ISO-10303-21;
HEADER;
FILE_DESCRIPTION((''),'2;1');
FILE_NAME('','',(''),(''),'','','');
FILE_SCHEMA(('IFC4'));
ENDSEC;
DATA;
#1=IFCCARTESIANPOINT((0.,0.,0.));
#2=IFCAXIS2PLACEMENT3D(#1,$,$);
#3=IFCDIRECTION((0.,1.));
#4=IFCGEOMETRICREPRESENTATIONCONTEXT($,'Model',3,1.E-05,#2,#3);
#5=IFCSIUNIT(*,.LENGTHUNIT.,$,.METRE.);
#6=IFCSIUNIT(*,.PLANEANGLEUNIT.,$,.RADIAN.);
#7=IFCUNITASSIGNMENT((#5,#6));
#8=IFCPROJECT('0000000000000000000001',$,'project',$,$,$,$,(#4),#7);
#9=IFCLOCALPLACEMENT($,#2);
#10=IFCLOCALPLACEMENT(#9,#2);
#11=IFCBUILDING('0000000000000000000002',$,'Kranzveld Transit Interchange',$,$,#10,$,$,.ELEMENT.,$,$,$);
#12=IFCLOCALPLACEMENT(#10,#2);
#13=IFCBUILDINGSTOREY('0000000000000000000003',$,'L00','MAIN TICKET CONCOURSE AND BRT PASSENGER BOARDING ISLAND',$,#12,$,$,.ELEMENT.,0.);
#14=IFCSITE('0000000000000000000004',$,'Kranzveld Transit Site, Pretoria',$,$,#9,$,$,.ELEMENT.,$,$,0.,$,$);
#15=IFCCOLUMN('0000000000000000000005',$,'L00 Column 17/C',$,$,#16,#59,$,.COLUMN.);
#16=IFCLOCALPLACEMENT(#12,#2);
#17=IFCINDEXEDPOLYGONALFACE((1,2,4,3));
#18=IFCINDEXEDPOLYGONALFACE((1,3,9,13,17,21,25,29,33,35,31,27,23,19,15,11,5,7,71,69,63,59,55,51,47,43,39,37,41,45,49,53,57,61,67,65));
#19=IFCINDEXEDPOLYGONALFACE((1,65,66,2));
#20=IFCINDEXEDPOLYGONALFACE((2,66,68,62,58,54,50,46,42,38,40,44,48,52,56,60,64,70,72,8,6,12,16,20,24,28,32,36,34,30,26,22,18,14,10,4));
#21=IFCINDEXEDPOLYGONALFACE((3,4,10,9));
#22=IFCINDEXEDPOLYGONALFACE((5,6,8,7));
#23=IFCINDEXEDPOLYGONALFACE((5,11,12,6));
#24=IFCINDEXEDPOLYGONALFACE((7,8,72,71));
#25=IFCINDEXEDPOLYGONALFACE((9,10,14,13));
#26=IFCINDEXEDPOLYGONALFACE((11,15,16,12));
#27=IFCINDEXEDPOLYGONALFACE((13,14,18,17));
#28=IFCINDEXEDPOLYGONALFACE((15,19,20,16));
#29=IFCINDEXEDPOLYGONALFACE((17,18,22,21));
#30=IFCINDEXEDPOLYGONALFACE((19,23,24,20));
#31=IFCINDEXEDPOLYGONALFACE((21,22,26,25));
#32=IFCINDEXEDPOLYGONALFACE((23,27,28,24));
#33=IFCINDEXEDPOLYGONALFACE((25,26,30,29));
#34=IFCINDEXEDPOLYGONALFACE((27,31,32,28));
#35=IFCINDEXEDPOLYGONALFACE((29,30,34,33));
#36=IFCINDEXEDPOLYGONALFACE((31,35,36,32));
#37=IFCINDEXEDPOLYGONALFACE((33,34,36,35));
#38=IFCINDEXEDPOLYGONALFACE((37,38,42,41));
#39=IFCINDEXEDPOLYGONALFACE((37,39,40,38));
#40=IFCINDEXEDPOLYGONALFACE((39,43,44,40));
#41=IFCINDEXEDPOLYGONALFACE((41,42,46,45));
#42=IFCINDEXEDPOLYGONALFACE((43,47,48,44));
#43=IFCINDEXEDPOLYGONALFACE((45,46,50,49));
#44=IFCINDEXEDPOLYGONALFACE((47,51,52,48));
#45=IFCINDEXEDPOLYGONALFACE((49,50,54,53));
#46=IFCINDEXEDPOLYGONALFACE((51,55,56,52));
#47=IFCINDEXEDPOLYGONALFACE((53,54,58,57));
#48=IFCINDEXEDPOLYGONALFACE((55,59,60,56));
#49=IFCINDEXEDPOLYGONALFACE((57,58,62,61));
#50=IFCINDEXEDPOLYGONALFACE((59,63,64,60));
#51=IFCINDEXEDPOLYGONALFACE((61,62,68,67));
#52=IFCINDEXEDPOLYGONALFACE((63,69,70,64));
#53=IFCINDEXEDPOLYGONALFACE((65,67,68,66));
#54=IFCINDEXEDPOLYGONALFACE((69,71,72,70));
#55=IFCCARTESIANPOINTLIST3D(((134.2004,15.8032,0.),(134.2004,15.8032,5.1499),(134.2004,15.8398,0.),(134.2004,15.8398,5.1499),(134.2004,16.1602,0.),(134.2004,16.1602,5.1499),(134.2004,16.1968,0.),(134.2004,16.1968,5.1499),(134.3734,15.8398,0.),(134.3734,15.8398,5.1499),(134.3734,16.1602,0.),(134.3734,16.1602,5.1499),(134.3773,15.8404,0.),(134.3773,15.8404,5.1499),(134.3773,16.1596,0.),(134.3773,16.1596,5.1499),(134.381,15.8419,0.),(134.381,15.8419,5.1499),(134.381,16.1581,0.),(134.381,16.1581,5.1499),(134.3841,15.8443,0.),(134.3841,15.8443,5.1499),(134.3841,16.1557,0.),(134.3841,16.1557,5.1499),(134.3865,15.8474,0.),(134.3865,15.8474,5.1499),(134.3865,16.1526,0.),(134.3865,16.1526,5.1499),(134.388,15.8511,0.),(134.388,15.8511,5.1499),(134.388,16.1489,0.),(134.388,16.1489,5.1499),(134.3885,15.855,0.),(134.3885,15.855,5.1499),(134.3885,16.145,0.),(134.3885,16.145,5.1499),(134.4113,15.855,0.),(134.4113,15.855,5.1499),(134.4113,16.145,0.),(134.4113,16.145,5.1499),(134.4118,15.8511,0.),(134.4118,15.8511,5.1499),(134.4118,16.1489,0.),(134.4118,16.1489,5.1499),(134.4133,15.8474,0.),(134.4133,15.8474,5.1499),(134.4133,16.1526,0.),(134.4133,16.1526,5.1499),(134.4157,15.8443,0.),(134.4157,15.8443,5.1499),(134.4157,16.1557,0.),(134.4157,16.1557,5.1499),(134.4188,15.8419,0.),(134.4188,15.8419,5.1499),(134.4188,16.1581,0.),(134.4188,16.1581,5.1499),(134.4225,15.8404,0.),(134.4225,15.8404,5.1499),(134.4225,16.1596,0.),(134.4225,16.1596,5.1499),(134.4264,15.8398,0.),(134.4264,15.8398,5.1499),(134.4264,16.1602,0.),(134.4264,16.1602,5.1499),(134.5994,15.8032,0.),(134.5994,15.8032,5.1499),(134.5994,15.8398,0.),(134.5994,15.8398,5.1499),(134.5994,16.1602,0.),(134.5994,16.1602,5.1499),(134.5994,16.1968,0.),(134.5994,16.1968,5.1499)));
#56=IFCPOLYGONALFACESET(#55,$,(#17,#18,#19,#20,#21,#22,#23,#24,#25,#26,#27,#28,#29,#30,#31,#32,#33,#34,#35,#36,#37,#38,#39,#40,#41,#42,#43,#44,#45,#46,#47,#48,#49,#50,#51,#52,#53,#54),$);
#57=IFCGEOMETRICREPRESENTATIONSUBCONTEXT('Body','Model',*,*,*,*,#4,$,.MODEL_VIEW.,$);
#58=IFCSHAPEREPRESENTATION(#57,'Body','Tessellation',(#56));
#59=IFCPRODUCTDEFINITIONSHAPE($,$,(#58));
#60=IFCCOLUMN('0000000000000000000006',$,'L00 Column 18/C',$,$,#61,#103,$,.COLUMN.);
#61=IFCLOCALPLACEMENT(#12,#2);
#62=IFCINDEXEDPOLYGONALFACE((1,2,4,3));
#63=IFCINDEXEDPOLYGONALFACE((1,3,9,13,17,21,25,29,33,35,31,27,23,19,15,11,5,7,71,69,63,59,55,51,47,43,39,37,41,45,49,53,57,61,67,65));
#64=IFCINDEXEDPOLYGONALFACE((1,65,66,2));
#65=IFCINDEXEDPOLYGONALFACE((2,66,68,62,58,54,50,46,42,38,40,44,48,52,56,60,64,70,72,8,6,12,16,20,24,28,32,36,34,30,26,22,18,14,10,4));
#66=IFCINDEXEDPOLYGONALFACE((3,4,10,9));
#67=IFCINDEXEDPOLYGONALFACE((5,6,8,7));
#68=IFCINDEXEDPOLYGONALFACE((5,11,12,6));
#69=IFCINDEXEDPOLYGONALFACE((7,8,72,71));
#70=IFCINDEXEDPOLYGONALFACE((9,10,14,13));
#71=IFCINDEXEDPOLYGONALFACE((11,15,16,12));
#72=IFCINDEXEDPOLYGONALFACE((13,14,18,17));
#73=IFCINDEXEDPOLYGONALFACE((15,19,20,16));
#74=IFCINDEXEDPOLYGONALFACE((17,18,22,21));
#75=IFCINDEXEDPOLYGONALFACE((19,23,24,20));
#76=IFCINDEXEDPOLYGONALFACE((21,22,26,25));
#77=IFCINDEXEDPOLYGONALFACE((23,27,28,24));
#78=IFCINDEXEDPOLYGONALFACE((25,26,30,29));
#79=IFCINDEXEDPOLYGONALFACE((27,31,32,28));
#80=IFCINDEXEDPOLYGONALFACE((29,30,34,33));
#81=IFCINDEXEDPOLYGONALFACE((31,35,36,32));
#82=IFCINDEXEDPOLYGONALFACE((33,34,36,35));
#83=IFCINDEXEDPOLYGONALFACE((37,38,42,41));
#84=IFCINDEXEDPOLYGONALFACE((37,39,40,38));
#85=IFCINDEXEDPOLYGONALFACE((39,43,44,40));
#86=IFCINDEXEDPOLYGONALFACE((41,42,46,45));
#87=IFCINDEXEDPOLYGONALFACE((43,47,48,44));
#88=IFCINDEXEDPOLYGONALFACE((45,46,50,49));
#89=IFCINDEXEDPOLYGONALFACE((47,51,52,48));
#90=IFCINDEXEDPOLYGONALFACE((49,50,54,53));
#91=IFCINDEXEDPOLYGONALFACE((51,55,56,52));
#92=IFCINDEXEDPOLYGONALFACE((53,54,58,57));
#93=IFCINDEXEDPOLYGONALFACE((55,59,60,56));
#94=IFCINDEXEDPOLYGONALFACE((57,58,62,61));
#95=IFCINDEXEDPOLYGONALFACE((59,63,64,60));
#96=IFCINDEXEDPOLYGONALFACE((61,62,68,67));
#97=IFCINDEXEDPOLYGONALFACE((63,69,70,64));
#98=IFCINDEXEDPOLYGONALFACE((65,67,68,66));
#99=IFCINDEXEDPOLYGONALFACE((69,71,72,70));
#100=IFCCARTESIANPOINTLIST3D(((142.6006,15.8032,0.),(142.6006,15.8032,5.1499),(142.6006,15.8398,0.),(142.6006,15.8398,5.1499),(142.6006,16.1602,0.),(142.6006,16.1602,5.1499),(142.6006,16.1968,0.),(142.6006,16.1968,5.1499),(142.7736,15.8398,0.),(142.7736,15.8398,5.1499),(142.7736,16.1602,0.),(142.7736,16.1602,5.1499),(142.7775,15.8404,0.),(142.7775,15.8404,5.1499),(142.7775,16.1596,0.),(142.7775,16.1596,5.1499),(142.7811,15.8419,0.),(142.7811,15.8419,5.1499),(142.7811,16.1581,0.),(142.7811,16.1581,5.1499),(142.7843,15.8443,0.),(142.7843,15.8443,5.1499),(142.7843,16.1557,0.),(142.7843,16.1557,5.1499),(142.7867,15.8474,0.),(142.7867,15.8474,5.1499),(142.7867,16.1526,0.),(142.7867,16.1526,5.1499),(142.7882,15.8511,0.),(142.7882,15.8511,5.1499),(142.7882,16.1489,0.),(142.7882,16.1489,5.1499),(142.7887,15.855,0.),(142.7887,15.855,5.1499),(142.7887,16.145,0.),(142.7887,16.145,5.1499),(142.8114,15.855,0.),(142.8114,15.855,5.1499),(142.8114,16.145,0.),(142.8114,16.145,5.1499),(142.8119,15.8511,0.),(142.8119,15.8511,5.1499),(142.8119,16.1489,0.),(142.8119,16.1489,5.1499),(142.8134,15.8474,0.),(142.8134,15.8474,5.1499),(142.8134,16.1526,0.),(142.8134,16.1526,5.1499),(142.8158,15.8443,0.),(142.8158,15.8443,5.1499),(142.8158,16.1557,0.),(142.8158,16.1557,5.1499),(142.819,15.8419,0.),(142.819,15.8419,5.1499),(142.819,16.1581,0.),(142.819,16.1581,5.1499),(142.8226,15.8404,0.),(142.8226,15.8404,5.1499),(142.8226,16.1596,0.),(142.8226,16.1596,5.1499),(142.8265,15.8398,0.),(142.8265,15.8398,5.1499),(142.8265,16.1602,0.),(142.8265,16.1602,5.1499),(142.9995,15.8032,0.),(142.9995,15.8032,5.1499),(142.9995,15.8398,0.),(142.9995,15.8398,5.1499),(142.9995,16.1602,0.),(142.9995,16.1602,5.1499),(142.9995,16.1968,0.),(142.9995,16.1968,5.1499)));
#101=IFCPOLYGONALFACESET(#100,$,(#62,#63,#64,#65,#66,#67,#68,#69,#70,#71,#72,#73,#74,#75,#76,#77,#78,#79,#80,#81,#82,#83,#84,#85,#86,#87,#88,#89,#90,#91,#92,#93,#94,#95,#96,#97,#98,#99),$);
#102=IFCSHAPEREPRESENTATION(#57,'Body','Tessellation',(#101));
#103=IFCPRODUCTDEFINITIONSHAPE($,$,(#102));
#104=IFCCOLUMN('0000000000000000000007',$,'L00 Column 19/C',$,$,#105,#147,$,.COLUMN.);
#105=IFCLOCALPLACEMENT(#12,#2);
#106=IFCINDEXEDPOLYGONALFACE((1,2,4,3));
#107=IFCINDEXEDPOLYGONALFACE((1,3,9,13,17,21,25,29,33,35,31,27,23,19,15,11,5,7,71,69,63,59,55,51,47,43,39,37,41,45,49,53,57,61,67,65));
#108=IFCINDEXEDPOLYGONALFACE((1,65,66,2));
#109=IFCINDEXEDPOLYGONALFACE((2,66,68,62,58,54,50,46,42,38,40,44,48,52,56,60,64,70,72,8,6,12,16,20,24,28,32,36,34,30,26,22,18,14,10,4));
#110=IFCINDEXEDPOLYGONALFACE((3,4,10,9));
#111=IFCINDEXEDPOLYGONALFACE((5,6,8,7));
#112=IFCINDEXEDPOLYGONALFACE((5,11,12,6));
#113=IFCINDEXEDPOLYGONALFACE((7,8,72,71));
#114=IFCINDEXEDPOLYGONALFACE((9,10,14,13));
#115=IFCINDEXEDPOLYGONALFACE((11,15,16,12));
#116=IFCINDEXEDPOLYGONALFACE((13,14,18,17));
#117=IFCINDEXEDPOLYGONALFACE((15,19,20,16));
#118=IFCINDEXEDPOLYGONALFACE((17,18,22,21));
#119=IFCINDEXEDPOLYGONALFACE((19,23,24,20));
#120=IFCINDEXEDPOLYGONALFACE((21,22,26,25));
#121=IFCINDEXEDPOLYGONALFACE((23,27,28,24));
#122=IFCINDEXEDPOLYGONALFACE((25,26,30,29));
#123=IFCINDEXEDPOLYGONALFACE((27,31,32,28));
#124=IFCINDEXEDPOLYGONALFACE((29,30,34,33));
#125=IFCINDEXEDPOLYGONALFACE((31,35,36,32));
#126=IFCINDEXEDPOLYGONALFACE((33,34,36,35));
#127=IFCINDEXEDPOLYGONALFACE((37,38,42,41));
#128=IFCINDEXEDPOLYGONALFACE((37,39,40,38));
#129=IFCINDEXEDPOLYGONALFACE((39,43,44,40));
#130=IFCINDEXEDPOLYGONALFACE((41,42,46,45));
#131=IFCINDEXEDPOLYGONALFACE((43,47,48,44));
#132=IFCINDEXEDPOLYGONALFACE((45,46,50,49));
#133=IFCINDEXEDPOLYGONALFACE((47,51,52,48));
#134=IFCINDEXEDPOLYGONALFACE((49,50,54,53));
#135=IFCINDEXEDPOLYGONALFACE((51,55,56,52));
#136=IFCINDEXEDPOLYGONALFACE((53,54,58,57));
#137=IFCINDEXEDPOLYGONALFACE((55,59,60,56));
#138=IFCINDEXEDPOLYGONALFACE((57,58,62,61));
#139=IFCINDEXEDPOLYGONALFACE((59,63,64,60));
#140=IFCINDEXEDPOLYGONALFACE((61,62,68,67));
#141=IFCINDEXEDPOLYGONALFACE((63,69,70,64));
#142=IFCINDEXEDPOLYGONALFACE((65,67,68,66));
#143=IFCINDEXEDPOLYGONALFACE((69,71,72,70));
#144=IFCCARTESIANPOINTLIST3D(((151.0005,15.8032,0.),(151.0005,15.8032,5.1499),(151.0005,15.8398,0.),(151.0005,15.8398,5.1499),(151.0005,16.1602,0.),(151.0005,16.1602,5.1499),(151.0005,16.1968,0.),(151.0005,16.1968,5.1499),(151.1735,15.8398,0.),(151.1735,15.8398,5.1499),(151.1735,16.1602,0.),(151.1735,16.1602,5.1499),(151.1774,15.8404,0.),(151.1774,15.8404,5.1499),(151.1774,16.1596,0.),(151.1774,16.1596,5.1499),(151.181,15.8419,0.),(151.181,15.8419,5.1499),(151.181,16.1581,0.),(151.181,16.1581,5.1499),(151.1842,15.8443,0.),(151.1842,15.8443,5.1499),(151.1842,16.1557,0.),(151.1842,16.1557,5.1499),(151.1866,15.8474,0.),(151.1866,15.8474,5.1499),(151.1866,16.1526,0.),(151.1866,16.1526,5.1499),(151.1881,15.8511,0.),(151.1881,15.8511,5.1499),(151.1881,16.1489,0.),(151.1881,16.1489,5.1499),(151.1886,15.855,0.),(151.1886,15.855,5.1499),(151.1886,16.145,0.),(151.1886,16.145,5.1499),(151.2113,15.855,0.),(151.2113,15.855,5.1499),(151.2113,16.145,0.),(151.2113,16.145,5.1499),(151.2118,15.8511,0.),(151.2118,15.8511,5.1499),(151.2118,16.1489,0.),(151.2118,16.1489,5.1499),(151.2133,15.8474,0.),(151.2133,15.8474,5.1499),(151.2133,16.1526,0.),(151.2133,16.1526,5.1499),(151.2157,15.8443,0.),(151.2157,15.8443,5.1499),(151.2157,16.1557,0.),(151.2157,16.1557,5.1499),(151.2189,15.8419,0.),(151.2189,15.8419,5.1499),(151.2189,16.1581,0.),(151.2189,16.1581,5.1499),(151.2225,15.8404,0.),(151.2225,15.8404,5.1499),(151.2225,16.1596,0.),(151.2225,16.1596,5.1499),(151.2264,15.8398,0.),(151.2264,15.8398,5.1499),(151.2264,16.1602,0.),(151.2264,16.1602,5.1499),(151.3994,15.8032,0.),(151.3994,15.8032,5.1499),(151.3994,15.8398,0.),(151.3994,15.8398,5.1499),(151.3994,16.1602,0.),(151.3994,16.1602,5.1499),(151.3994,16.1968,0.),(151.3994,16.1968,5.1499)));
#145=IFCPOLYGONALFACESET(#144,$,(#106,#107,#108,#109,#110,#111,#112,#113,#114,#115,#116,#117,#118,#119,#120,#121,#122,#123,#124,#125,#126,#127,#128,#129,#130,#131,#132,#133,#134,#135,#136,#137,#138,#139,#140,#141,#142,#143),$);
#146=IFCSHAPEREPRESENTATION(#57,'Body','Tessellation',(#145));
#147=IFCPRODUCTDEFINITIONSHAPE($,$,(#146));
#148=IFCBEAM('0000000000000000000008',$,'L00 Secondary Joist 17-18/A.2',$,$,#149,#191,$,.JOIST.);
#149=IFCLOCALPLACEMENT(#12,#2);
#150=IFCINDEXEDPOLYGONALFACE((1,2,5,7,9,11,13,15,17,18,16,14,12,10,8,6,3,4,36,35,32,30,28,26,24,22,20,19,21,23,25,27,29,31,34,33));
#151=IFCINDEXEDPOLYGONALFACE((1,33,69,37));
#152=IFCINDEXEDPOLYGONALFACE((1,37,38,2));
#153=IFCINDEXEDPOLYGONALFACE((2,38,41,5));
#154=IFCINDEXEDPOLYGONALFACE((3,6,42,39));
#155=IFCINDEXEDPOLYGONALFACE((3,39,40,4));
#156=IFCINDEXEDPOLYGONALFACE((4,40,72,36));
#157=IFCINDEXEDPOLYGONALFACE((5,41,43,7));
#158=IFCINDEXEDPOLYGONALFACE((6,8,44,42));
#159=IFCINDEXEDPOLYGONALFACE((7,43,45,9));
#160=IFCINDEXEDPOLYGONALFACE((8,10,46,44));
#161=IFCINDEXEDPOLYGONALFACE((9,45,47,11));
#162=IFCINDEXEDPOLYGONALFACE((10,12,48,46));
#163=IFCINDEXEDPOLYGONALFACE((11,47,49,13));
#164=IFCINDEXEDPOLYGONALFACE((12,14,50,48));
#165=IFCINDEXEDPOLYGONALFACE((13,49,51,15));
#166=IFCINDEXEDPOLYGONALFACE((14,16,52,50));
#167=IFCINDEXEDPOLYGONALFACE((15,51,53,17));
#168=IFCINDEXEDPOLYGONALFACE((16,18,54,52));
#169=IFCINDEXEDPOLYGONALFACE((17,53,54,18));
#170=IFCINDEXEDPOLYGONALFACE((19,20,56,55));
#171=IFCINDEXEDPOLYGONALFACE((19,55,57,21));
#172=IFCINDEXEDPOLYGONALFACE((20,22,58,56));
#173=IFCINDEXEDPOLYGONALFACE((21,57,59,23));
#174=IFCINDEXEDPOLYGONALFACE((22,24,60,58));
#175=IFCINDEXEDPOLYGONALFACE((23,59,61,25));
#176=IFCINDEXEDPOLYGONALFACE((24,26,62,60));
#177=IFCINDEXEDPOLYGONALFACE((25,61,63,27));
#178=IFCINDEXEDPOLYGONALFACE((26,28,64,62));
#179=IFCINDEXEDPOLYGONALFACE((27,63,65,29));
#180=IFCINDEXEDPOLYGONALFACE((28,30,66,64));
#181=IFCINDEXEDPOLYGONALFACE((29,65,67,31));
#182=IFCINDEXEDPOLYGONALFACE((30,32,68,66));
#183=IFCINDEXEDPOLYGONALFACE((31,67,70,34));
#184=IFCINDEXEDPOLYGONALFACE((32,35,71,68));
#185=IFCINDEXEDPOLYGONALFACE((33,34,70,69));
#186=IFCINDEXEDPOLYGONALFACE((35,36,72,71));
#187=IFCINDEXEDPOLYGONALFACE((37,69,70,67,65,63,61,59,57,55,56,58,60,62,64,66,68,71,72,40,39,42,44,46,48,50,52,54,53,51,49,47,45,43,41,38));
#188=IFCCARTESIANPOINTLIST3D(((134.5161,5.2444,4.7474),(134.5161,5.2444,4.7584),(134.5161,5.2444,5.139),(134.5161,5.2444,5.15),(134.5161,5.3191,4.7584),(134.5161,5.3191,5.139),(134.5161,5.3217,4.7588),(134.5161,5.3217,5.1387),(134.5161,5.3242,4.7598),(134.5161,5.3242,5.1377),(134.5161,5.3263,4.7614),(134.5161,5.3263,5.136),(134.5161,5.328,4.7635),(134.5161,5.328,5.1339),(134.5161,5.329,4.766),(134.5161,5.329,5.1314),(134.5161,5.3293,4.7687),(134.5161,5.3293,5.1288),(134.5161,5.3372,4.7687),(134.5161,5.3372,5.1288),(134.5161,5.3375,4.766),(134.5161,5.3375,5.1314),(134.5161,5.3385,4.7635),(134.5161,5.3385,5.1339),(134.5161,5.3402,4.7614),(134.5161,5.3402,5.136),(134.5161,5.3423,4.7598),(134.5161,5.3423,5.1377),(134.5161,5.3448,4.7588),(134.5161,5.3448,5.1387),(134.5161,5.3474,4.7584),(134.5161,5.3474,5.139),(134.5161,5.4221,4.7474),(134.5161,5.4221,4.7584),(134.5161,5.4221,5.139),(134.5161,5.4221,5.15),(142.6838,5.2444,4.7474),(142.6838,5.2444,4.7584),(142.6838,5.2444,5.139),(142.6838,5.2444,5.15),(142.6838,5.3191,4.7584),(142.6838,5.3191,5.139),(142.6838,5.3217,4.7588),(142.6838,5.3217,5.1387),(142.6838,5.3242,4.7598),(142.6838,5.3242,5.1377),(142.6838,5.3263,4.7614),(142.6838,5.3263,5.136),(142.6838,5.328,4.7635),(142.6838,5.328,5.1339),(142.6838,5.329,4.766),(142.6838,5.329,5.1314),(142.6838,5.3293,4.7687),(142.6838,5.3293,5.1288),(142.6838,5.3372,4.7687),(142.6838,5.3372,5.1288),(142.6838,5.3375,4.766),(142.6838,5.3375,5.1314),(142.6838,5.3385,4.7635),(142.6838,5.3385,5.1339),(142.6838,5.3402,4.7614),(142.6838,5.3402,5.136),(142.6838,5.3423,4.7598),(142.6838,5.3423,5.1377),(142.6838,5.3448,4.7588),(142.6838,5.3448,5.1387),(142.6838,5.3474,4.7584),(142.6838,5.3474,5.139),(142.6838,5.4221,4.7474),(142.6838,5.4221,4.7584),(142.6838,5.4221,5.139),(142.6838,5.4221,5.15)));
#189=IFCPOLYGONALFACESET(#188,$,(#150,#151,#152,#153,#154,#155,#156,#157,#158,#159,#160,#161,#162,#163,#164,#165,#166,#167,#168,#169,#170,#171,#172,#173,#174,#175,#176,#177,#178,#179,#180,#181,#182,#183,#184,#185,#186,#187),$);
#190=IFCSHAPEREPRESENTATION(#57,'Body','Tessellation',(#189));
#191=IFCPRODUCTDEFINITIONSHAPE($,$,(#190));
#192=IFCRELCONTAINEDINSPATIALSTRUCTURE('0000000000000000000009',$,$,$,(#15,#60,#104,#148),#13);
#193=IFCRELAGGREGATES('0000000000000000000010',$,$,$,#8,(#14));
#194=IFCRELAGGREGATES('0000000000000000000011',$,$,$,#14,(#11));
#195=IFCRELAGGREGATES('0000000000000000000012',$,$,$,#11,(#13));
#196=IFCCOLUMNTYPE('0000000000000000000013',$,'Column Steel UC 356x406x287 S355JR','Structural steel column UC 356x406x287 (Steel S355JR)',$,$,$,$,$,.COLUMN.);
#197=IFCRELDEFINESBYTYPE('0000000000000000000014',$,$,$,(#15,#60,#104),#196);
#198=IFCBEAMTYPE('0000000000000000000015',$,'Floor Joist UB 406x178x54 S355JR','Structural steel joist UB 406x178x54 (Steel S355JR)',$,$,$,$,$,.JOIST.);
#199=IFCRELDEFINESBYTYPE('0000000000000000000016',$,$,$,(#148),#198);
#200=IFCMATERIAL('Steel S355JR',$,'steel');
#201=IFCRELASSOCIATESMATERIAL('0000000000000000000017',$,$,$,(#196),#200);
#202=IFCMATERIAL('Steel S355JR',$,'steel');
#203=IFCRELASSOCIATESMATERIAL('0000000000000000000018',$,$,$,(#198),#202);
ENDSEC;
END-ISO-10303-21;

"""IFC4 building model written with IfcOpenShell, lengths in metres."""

from ifc_helpers import new_model, si_unit, direction, frame, origin, origin_2d, place, context, subcontext, project, spatial, i_section, extrude, material, material_profile, profile_set, type_object, element, save


model = new_model("IFC4")

# Units and contexts
model_context = context("Model", 3, precision=1e-05, world=origin(), true_north=direction((0.0, 1.0)))
body_context = subcontext(model_context, "Body", "Model", "MODEL_VIEW")
ifc_project = project(units=[si_unit("LENGTHUNIT", "METRE"), si_unit("PLANEANGLEUNIT", "RADIAN")], contexts=[model_context])

# Site, building, storey
site_placement = place(None, origin())
site = spatial("IfcSite", under=ifc_project, at=site_placement, Name="Kranzveld Transit Site, Pretoria", CompositionType="ELEMENT", RefElevation=0.0)
building_placement = place(site_placement, origin())
building = spatial("IfcBuilding", under=site, at=building_placement, Name="Kranzveld Transit Interchange", CompositionType="ELEMENT")
storey_placement = place(building_placement, origin())
storey = spatial("IfcBuildingStorey", under=building, at=storey_placement, Name="L00", Description="MAIN TICKET CONCOURSE AND BRT PASSENGER BOARDING ISLAND", CompositionType="ELEMENT", Elevation=0.0)

# Columns
ifc_material_1 = material(Name="Steel S355JR", Category="steel")
ifc_material_profile_1 = material_profile(ifc_material_1, i_section(OverallWidth=0.3989, OverallDepth=0.3936, WebThickness=0.0227, FlangeThickness=0.0366, FilletRadius=0.0151, at=origin_2d()), Name="UC 356x406x287")
ifc_profile_set_1 = profile_set([ifc_material_profile_1], Name="Steel S355JR")
column_type_1 = type_object("IfcColumnType", Name="Column Steel UC 356x406x287 S355JR", Description="Structural steel column UC 356x406x287 (Steel S355JR)", PredefinedType="COLUMN", material=ifc_profile_set_1)
for number, where, z_axis, x_axis, name in (
    (1, (134.3999, 16.0, 0.0), (0.0, 0.0, 1.0), (1.0, 0.0, 0.0), "L00 Column 17/C"),
    (2, (142.8, 16.0, 0.0), (0.0, 0.0, 1.0), (1.0, 0.0, 0.0), "L00 Column 18/C"),
    (3, (151.2, 16.0, 0.0), (0.0, 0.0, 1.0), (1.0, 0.0, 0.0), "L00 Column 19/C"),
):
    element("IfcColumn", number, at=place(storey_placement, frame(where, z_axis=z_axis, x_axis=x_axis)), inside=storey, type_object=column_type_1, Name=name, PredefinedType="COLUMN", context=body_context, shape_type="SweptSolid", body=[
        extrude(i_section(OverallWidth=0.3989, OverallDepth=0.3936, WebThickness=0.0227, FlangeThickness=0.0366, FilletRadius=0.0151, at=origin_2d()), origin(), (0.0, 0.0, 1.0), 5.1499),
    ])

# Beam
ifc_material_2 = material(Name="Steel S355JR", Category="steel")
ifc_material_profile_2 = material_profile(ifc_material_2, i_section(OverallWidth=0.1777, OverallDepth=0.4026, WebThickness=0.0078, FlangeThickness=0.011, FilletRadius=0.0103, at=origin_2d()), Name="UB 406x178x54")
ifc_profile_set_2 = profile_set([ifc_material_profile_2], Name="Steel S355JR")
beam_type_1 = type_object("IfcBeamType", Name="Floor Joist UB 406x178x54 S355JR", Description="Structural steel joist UB 406x178x54 (Steel S355JR)", PredefinedType="JOIST", material=ifc_profile_set_2)
for number, where, z_axis, x_axis, name in (
    (4, (134.5161, 5.3333, 4.9487), (1.0, 0.0, 0.0), (0.0, 1.0, 0.0), "L00 Secondary Joist 17-18/A.2"),
):
    element("IfcBeam", number, at=place(storey_placement, frame(where, z_axis=z_axis, x_axis=x_axis)), inside=storey, type_object=beam_type_1, Name=name, PredefinedType="JOIST", context=body_context, shape_type="SweptSolid", body=[
        extrude(i_section(OverallWidth=0.1777, OverallDepth=0.4026, WebThickness=0.0078, FlangeThickness=0.011, FilletRadius=0.0103, at=origin_2d()), origin(), (0.0, 0.0, 1.0), 8.1677),
    ])

save(model, "model.ifc")
